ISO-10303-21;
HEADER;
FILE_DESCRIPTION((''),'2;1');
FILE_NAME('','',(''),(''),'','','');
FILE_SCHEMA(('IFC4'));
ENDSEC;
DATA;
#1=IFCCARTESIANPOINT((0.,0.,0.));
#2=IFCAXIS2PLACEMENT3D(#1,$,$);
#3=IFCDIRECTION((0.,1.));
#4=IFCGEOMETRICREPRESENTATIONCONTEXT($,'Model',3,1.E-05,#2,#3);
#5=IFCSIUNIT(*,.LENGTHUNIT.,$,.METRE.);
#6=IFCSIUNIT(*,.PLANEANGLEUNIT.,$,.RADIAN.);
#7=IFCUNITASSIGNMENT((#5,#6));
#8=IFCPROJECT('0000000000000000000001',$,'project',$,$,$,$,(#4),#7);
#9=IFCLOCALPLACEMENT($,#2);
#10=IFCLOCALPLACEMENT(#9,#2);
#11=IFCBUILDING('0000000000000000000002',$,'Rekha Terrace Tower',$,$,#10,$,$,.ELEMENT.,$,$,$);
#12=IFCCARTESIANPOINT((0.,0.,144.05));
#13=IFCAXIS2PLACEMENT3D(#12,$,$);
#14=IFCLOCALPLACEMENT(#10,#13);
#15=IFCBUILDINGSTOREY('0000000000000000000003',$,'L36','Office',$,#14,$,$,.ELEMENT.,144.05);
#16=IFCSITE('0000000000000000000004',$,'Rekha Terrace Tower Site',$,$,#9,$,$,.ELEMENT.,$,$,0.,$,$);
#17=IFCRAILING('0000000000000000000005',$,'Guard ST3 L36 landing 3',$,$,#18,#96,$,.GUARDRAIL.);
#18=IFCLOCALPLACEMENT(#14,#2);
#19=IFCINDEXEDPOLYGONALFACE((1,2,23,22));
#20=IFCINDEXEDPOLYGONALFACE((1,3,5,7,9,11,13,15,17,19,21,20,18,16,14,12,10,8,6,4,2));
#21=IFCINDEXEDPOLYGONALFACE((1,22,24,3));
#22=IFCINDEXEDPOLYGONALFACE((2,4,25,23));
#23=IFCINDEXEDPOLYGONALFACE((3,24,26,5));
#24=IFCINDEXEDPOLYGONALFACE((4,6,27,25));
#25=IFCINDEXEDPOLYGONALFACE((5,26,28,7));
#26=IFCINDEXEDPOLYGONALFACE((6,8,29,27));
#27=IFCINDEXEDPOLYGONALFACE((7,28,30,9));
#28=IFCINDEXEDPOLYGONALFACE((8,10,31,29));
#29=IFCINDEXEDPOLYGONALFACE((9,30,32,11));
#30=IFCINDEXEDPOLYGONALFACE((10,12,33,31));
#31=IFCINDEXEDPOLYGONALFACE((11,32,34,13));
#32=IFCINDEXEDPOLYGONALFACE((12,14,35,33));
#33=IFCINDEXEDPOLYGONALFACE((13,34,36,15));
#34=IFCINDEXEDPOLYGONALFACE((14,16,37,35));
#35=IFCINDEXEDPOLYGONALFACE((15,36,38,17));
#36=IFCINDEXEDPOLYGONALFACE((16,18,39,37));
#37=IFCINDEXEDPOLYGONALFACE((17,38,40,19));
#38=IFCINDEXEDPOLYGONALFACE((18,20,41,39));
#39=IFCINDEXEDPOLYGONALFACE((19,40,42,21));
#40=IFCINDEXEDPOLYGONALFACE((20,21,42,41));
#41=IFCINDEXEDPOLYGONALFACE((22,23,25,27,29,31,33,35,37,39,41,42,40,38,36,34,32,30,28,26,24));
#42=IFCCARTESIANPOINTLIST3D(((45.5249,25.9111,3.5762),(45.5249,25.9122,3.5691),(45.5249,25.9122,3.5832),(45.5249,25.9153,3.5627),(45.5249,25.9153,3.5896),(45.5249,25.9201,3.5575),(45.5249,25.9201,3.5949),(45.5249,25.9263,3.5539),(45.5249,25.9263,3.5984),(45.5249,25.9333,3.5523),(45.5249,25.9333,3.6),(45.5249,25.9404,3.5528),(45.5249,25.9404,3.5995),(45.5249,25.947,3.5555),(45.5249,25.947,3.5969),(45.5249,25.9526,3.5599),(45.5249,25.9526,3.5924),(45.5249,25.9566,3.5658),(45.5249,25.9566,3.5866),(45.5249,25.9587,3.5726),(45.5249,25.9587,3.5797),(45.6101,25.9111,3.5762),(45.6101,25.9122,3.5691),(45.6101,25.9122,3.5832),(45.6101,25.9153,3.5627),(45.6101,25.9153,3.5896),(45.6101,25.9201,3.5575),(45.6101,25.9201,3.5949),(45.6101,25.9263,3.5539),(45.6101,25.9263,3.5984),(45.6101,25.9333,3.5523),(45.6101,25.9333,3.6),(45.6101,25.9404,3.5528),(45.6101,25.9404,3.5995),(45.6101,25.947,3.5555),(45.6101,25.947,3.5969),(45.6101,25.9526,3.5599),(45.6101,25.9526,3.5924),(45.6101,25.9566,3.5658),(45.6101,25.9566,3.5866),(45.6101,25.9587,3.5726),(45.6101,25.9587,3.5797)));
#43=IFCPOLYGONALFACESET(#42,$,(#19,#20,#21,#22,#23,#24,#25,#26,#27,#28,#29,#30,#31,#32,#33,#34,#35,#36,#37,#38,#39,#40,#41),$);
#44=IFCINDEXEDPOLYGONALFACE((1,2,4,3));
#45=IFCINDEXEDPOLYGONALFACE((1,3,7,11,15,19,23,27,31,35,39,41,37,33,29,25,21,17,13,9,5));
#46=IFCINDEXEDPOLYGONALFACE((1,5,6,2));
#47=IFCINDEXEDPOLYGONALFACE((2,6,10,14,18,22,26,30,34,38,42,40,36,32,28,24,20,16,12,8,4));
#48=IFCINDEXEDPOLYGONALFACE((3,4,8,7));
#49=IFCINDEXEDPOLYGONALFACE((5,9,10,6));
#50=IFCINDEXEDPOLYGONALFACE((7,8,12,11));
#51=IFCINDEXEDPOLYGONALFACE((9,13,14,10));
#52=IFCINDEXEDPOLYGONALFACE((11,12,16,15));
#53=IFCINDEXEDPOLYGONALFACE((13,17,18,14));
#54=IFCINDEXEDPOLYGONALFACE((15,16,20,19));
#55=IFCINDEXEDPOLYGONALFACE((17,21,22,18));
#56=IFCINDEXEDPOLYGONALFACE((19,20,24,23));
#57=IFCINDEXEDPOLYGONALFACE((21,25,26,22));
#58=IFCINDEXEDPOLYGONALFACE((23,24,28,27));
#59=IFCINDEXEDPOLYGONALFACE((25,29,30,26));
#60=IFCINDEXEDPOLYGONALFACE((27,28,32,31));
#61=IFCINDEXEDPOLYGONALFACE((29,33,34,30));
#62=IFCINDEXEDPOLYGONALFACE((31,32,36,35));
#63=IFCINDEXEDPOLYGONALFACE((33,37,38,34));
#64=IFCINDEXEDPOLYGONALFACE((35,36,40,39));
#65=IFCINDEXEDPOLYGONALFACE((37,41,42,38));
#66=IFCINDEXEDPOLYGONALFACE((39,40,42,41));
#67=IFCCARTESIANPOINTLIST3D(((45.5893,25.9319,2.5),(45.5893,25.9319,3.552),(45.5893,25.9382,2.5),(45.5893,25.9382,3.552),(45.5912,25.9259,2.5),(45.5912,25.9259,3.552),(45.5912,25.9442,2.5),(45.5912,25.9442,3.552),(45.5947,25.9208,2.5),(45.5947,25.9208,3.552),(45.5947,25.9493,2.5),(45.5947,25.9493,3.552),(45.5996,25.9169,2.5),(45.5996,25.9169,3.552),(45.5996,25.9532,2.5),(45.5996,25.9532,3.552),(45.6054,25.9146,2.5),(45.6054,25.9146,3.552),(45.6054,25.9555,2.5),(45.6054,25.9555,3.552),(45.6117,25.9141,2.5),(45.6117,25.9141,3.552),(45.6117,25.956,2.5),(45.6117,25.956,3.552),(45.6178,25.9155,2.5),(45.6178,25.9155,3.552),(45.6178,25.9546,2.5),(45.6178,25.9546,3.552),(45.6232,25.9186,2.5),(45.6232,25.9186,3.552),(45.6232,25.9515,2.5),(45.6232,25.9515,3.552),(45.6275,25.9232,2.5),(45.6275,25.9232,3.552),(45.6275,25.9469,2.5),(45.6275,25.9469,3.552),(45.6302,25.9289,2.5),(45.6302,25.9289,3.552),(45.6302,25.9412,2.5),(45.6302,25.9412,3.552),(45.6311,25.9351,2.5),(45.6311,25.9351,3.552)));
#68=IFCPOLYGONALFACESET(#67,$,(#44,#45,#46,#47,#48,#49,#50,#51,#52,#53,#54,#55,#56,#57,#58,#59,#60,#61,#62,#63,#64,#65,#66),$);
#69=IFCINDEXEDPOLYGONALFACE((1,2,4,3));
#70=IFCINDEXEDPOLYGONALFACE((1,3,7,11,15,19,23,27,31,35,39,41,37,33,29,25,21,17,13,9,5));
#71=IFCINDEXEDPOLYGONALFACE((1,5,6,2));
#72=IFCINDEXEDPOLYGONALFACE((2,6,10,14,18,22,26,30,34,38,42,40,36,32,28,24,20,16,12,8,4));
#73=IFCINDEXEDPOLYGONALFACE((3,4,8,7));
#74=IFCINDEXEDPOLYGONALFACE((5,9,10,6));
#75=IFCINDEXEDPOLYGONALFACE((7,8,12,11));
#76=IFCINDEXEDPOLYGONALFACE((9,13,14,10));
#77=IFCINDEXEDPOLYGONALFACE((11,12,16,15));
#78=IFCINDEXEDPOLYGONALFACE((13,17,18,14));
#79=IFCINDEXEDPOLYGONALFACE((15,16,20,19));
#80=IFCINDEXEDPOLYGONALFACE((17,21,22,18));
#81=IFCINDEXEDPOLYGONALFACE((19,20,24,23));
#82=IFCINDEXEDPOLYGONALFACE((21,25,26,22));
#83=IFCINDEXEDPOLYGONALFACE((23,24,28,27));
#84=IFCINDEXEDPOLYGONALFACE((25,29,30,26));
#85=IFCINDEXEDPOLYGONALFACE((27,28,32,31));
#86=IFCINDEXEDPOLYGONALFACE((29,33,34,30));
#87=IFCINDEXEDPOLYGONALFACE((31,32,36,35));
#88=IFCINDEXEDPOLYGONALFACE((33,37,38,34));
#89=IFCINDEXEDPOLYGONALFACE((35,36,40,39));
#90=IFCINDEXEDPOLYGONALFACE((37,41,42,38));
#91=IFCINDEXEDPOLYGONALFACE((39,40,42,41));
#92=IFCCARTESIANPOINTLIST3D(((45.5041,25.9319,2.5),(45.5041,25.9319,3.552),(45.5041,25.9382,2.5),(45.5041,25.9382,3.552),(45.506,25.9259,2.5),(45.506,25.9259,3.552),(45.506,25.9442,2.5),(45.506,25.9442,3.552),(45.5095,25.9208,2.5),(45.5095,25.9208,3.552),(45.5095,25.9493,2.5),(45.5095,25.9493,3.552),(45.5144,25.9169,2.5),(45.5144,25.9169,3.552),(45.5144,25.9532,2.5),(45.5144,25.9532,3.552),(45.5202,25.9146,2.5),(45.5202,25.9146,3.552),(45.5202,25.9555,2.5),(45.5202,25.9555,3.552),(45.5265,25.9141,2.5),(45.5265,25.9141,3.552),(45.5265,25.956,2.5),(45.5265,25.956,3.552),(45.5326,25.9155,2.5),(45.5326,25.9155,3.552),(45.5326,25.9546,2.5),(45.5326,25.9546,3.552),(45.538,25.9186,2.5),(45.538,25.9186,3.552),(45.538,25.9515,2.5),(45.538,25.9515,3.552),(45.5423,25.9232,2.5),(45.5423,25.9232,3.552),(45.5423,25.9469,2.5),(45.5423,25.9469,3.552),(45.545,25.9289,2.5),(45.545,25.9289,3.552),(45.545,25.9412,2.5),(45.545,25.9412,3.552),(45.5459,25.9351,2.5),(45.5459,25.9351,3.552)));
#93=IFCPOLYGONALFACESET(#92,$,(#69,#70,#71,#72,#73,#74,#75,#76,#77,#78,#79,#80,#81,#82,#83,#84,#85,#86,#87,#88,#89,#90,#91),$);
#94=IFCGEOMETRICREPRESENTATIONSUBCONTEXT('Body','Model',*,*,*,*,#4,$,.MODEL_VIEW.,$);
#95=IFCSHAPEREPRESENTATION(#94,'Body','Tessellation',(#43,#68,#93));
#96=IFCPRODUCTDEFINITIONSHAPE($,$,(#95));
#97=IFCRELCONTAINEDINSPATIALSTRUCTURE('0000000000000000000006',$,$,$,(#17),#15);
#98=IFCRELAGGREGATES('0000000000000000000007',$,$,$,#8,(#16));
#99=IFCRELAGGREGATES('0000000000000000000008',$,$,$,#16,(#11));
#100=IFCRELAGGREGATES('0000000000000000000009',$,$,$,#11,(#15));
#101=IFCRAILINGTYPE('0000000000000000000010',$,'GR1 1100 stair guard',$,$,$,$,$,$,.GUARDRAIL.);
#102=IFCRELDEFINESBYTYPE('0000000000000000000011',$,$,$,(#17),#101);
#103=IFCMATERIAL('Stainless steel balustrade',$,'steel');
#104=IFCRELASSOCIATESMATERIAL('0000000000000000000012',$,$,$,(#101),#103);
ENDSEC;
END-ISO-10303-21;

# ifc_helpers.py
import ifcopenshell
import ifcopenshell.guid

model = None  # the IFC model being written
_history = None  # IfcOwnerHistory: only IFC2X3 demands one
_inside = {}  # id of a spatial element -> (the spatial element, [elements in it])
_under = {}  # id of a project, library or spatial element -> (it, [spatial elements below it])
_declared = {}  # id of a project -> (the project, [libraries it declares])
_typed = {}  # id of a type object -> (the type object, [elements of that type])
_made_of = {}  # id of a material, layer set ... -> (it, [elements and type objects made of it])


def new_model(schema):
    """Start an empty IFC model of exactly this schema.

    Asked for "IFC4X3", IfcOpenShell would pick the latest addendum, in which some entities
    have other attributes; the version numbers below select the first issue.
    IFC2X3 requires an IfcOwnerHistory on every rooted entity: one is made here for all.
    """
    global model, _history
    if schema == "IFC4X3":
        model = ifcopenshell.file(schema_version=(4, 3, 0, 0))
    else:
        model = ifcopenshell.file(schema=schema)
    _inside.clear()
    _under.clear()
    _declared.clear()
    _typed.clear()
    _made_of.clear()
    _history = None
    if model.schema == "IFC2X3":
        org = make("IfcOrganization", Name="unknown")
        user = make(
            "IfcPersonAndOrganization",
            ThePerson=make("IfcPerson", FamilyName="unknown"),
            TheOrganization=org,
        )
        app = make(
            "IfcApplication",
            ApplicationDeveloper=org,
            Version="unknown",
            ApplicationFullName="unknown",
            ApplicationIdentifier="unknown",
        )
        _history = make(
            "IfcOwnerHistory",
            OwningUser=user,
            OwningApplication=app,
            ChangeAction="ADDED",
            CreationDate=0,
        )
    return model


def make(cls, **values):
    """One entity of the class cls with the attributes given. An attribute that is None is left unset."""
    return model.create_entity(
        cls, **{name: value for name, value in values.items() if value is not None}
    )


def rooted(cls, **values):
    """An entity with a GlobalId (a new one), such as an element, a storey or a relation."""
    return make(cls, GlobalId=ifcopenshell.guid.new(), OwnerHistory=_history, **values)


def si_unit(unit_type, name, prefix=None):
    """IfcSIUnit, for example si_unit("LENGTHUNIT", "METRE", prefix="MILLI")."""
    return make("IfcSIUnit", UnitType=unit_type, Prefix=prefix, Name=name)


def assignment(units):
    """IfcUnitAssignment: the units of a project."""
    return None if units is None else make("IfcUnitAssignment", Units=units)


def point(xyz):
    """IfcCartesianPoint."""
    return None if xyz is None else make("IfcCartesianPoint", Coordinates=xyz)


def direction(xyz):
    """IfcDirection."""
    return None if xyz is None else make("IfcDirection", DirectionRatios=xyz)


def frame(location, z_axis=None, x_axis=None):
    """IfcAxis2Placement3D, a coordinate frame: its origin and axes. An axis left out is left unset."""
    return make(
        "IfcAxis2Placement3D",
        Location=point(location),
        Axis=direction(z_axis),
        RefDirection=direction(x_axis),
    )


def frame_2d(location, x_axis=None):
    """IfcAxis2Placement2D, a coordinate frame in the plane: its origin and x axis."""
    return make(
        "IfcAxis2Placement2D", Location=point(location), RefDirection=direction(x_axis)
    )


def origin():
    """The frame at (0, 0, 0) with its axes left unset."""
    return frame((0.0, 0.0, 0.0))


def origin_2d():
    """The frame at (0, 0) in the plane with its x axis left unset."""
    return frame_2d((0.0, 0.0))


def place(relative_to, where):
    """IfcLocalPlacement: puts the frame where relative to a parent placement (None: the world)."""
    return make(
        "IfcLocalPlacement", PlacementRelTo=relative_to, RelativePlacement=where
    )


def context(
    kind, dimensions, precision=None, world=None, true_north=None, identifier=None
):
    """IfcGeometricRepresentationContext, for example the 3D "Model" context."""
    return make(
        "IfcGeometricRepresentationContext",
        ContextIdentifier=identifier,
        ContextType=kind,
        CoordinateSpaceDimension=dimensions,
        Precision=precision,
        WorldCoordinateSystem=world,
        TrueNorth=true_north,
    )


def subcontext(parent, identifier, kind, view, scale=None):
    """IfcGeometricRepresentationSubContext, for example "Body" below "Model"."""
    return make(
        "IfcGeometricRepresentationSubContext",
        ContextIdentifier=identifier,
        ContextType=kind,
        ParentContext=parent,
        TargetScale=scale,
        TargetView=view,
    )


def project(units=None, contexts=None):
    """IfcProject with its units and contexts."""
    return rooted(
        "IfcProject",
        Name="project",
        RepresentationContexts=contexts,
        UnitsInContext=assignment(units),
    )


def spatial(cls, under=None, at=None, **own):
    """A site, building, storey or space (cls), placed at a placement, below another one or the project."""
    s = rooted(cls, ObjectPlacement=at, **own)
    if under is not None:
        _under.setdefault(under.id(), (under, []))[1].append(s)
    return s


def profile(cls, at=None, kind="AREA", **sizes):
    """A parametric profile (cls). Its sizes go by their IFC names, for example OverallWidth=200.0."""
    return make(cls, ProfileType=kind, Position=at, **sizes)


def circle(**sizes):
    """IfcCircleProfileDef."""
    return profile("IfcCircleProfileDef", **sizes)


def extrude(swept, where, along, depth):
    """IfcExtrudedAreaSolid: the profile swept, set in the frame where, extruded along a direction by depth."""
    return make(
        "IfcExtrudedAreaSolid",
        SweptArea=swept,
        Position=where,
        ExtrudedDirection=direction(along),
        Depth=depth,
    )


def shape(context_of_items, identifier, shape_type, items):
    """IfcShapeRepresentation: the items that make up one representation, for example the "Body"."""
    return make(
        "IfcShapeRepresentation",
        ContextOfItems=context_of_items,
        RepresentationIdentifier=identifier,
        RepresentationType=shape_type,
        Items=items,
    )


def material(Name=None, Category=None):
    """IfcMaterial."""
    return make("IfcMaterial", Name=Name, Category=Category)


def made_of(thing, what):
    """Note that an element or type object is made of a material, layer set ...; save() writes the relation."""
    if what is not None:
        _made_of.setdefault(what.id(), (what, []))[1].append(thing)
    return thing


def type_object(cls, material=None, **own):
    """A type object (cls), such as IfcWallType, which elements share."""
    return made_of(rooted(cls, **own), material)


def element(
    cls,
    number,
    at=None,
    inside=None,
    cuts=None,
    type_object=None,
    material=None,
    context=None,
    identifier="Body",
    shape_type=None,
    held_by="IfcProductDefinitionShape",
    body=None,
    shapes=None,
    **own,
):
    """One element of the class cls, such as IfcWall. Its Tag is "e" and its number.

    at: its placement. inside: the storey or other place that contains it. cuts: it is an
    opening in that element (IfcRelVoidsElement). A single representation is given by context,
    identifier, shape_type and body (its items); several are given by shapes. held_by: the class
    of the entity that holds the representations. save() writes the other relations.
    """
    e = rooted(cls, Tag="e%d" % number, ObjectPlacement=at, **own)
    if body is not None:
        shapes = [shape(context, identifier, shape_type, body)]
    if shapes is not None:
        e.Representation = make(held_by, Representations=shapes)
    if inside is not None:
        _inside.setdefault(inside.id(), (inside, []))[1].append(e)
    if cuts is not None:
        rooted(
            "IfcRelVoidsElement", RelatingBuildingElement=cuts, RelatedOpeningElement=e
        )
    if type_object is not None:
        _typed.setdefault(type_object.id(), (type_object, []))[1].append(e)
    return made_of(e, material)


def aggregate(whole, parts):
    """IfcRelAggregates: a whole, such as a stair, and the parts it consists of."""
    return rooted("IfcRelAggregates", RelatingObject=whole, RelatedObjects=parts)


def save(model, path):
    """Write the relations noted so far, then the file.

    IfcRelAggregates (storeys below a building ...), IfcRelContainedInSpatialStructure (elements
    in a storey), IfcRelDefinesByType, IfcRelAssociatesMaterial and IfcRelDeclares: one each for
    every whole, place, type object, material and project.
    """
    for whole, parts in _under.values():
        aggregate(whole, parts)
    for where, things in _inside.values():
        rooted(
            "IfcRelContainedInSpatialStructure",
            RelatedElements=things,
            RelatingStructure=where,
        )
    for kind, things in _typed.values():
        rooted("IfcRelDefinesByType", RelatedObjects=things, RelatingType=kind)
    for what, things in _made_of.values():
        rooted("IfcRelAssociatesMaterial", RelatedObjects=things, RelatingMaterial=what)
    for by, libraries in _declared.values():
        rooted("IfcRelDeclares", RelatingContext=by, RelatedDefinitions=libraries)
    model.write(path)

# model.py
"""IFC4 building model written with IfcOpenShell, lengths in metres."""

from ifc_helpers import new_model, si_unit, direction, frame, origin, origin_2d, place, context, subcontext, project, spatial, circle, extrude, material, type_object, element, save


model = new_model("IFC4")

# Units and contexts
model_context = context("Model", 3, precision=1e-05, world=origin(), true_north=direction((0.0, 1.0)))
body_context = subcontext(model_context, "Body", "Model", "MODEL_VIEW")
ifc_project = project(units=[si_unit("LENGTHUNIT", "METRE"), si_unit("PLANEANGLEUNIT", "RADIAN")], contexts=[model_context])

# Site, building, storey
site_placement = place(None, origin())
site = spatial("IfcSite", under=ifc_project, at=site_placement, Name="Rekha Terrace Tower Site", CompositionType="ELEMENT", RefElevation=0.0)
building_placement = place(site_placement, origin())
building = spatial("IfcBuilding", under=site, at=building_placement, Name="Rekha Terrace Tower", CompositionType="ELEMENT")
storey_placement = place(building_placement, frame((0.0, 0.0, 144.05)))
storey = spatial("IfcBuildingStorey", under=building, at=storey_placement, Name="L36", Description="Office", CompositionType="ELEMENT", Elevation=144.05)

# Railing
ifc_material_1 = material(Name="Stainless steel balustrade", Category="steel")
railing_type_1 = type_object("IfcRailingType", Name="GR1 1100 stair guard", PredefinedType="GUARDRAIL", material=ifc_material_1)
railing_1_placement = place(storey_placement, frame((45.6101, 25.9351, 2.5)))
element("IfcRailing", 1, at=railing_1_placement, inside=storey, type_object=railing_type_1, Name="Guard ST3 L36 landing 3", PredefinedType="GUARDRAIL", context=body_context, shape_type="SweptSolid", body=[
    extrude(circle(Radius=0.0239, at=origin_2d()), frame((0.0, 0.0, 1.0762), z_axis=(-1.0, 0.0, 0.0), x_axis=(0.0, -1.0, 0.0)), (0.0, 0.0, 1.0), 0.0852),
    extrude(circle(Radius=0.021, at=origin_2d()), origin(), (0.0, 0.0, 1.0), 1.052),
    extrude(circle(Radius=0.021, at=origin_2d()), frame((-0.0852, 0.0, 0.0)), (0.0, 0.0, 1.0), 1.052),
])

save(model, "model.ifc")
